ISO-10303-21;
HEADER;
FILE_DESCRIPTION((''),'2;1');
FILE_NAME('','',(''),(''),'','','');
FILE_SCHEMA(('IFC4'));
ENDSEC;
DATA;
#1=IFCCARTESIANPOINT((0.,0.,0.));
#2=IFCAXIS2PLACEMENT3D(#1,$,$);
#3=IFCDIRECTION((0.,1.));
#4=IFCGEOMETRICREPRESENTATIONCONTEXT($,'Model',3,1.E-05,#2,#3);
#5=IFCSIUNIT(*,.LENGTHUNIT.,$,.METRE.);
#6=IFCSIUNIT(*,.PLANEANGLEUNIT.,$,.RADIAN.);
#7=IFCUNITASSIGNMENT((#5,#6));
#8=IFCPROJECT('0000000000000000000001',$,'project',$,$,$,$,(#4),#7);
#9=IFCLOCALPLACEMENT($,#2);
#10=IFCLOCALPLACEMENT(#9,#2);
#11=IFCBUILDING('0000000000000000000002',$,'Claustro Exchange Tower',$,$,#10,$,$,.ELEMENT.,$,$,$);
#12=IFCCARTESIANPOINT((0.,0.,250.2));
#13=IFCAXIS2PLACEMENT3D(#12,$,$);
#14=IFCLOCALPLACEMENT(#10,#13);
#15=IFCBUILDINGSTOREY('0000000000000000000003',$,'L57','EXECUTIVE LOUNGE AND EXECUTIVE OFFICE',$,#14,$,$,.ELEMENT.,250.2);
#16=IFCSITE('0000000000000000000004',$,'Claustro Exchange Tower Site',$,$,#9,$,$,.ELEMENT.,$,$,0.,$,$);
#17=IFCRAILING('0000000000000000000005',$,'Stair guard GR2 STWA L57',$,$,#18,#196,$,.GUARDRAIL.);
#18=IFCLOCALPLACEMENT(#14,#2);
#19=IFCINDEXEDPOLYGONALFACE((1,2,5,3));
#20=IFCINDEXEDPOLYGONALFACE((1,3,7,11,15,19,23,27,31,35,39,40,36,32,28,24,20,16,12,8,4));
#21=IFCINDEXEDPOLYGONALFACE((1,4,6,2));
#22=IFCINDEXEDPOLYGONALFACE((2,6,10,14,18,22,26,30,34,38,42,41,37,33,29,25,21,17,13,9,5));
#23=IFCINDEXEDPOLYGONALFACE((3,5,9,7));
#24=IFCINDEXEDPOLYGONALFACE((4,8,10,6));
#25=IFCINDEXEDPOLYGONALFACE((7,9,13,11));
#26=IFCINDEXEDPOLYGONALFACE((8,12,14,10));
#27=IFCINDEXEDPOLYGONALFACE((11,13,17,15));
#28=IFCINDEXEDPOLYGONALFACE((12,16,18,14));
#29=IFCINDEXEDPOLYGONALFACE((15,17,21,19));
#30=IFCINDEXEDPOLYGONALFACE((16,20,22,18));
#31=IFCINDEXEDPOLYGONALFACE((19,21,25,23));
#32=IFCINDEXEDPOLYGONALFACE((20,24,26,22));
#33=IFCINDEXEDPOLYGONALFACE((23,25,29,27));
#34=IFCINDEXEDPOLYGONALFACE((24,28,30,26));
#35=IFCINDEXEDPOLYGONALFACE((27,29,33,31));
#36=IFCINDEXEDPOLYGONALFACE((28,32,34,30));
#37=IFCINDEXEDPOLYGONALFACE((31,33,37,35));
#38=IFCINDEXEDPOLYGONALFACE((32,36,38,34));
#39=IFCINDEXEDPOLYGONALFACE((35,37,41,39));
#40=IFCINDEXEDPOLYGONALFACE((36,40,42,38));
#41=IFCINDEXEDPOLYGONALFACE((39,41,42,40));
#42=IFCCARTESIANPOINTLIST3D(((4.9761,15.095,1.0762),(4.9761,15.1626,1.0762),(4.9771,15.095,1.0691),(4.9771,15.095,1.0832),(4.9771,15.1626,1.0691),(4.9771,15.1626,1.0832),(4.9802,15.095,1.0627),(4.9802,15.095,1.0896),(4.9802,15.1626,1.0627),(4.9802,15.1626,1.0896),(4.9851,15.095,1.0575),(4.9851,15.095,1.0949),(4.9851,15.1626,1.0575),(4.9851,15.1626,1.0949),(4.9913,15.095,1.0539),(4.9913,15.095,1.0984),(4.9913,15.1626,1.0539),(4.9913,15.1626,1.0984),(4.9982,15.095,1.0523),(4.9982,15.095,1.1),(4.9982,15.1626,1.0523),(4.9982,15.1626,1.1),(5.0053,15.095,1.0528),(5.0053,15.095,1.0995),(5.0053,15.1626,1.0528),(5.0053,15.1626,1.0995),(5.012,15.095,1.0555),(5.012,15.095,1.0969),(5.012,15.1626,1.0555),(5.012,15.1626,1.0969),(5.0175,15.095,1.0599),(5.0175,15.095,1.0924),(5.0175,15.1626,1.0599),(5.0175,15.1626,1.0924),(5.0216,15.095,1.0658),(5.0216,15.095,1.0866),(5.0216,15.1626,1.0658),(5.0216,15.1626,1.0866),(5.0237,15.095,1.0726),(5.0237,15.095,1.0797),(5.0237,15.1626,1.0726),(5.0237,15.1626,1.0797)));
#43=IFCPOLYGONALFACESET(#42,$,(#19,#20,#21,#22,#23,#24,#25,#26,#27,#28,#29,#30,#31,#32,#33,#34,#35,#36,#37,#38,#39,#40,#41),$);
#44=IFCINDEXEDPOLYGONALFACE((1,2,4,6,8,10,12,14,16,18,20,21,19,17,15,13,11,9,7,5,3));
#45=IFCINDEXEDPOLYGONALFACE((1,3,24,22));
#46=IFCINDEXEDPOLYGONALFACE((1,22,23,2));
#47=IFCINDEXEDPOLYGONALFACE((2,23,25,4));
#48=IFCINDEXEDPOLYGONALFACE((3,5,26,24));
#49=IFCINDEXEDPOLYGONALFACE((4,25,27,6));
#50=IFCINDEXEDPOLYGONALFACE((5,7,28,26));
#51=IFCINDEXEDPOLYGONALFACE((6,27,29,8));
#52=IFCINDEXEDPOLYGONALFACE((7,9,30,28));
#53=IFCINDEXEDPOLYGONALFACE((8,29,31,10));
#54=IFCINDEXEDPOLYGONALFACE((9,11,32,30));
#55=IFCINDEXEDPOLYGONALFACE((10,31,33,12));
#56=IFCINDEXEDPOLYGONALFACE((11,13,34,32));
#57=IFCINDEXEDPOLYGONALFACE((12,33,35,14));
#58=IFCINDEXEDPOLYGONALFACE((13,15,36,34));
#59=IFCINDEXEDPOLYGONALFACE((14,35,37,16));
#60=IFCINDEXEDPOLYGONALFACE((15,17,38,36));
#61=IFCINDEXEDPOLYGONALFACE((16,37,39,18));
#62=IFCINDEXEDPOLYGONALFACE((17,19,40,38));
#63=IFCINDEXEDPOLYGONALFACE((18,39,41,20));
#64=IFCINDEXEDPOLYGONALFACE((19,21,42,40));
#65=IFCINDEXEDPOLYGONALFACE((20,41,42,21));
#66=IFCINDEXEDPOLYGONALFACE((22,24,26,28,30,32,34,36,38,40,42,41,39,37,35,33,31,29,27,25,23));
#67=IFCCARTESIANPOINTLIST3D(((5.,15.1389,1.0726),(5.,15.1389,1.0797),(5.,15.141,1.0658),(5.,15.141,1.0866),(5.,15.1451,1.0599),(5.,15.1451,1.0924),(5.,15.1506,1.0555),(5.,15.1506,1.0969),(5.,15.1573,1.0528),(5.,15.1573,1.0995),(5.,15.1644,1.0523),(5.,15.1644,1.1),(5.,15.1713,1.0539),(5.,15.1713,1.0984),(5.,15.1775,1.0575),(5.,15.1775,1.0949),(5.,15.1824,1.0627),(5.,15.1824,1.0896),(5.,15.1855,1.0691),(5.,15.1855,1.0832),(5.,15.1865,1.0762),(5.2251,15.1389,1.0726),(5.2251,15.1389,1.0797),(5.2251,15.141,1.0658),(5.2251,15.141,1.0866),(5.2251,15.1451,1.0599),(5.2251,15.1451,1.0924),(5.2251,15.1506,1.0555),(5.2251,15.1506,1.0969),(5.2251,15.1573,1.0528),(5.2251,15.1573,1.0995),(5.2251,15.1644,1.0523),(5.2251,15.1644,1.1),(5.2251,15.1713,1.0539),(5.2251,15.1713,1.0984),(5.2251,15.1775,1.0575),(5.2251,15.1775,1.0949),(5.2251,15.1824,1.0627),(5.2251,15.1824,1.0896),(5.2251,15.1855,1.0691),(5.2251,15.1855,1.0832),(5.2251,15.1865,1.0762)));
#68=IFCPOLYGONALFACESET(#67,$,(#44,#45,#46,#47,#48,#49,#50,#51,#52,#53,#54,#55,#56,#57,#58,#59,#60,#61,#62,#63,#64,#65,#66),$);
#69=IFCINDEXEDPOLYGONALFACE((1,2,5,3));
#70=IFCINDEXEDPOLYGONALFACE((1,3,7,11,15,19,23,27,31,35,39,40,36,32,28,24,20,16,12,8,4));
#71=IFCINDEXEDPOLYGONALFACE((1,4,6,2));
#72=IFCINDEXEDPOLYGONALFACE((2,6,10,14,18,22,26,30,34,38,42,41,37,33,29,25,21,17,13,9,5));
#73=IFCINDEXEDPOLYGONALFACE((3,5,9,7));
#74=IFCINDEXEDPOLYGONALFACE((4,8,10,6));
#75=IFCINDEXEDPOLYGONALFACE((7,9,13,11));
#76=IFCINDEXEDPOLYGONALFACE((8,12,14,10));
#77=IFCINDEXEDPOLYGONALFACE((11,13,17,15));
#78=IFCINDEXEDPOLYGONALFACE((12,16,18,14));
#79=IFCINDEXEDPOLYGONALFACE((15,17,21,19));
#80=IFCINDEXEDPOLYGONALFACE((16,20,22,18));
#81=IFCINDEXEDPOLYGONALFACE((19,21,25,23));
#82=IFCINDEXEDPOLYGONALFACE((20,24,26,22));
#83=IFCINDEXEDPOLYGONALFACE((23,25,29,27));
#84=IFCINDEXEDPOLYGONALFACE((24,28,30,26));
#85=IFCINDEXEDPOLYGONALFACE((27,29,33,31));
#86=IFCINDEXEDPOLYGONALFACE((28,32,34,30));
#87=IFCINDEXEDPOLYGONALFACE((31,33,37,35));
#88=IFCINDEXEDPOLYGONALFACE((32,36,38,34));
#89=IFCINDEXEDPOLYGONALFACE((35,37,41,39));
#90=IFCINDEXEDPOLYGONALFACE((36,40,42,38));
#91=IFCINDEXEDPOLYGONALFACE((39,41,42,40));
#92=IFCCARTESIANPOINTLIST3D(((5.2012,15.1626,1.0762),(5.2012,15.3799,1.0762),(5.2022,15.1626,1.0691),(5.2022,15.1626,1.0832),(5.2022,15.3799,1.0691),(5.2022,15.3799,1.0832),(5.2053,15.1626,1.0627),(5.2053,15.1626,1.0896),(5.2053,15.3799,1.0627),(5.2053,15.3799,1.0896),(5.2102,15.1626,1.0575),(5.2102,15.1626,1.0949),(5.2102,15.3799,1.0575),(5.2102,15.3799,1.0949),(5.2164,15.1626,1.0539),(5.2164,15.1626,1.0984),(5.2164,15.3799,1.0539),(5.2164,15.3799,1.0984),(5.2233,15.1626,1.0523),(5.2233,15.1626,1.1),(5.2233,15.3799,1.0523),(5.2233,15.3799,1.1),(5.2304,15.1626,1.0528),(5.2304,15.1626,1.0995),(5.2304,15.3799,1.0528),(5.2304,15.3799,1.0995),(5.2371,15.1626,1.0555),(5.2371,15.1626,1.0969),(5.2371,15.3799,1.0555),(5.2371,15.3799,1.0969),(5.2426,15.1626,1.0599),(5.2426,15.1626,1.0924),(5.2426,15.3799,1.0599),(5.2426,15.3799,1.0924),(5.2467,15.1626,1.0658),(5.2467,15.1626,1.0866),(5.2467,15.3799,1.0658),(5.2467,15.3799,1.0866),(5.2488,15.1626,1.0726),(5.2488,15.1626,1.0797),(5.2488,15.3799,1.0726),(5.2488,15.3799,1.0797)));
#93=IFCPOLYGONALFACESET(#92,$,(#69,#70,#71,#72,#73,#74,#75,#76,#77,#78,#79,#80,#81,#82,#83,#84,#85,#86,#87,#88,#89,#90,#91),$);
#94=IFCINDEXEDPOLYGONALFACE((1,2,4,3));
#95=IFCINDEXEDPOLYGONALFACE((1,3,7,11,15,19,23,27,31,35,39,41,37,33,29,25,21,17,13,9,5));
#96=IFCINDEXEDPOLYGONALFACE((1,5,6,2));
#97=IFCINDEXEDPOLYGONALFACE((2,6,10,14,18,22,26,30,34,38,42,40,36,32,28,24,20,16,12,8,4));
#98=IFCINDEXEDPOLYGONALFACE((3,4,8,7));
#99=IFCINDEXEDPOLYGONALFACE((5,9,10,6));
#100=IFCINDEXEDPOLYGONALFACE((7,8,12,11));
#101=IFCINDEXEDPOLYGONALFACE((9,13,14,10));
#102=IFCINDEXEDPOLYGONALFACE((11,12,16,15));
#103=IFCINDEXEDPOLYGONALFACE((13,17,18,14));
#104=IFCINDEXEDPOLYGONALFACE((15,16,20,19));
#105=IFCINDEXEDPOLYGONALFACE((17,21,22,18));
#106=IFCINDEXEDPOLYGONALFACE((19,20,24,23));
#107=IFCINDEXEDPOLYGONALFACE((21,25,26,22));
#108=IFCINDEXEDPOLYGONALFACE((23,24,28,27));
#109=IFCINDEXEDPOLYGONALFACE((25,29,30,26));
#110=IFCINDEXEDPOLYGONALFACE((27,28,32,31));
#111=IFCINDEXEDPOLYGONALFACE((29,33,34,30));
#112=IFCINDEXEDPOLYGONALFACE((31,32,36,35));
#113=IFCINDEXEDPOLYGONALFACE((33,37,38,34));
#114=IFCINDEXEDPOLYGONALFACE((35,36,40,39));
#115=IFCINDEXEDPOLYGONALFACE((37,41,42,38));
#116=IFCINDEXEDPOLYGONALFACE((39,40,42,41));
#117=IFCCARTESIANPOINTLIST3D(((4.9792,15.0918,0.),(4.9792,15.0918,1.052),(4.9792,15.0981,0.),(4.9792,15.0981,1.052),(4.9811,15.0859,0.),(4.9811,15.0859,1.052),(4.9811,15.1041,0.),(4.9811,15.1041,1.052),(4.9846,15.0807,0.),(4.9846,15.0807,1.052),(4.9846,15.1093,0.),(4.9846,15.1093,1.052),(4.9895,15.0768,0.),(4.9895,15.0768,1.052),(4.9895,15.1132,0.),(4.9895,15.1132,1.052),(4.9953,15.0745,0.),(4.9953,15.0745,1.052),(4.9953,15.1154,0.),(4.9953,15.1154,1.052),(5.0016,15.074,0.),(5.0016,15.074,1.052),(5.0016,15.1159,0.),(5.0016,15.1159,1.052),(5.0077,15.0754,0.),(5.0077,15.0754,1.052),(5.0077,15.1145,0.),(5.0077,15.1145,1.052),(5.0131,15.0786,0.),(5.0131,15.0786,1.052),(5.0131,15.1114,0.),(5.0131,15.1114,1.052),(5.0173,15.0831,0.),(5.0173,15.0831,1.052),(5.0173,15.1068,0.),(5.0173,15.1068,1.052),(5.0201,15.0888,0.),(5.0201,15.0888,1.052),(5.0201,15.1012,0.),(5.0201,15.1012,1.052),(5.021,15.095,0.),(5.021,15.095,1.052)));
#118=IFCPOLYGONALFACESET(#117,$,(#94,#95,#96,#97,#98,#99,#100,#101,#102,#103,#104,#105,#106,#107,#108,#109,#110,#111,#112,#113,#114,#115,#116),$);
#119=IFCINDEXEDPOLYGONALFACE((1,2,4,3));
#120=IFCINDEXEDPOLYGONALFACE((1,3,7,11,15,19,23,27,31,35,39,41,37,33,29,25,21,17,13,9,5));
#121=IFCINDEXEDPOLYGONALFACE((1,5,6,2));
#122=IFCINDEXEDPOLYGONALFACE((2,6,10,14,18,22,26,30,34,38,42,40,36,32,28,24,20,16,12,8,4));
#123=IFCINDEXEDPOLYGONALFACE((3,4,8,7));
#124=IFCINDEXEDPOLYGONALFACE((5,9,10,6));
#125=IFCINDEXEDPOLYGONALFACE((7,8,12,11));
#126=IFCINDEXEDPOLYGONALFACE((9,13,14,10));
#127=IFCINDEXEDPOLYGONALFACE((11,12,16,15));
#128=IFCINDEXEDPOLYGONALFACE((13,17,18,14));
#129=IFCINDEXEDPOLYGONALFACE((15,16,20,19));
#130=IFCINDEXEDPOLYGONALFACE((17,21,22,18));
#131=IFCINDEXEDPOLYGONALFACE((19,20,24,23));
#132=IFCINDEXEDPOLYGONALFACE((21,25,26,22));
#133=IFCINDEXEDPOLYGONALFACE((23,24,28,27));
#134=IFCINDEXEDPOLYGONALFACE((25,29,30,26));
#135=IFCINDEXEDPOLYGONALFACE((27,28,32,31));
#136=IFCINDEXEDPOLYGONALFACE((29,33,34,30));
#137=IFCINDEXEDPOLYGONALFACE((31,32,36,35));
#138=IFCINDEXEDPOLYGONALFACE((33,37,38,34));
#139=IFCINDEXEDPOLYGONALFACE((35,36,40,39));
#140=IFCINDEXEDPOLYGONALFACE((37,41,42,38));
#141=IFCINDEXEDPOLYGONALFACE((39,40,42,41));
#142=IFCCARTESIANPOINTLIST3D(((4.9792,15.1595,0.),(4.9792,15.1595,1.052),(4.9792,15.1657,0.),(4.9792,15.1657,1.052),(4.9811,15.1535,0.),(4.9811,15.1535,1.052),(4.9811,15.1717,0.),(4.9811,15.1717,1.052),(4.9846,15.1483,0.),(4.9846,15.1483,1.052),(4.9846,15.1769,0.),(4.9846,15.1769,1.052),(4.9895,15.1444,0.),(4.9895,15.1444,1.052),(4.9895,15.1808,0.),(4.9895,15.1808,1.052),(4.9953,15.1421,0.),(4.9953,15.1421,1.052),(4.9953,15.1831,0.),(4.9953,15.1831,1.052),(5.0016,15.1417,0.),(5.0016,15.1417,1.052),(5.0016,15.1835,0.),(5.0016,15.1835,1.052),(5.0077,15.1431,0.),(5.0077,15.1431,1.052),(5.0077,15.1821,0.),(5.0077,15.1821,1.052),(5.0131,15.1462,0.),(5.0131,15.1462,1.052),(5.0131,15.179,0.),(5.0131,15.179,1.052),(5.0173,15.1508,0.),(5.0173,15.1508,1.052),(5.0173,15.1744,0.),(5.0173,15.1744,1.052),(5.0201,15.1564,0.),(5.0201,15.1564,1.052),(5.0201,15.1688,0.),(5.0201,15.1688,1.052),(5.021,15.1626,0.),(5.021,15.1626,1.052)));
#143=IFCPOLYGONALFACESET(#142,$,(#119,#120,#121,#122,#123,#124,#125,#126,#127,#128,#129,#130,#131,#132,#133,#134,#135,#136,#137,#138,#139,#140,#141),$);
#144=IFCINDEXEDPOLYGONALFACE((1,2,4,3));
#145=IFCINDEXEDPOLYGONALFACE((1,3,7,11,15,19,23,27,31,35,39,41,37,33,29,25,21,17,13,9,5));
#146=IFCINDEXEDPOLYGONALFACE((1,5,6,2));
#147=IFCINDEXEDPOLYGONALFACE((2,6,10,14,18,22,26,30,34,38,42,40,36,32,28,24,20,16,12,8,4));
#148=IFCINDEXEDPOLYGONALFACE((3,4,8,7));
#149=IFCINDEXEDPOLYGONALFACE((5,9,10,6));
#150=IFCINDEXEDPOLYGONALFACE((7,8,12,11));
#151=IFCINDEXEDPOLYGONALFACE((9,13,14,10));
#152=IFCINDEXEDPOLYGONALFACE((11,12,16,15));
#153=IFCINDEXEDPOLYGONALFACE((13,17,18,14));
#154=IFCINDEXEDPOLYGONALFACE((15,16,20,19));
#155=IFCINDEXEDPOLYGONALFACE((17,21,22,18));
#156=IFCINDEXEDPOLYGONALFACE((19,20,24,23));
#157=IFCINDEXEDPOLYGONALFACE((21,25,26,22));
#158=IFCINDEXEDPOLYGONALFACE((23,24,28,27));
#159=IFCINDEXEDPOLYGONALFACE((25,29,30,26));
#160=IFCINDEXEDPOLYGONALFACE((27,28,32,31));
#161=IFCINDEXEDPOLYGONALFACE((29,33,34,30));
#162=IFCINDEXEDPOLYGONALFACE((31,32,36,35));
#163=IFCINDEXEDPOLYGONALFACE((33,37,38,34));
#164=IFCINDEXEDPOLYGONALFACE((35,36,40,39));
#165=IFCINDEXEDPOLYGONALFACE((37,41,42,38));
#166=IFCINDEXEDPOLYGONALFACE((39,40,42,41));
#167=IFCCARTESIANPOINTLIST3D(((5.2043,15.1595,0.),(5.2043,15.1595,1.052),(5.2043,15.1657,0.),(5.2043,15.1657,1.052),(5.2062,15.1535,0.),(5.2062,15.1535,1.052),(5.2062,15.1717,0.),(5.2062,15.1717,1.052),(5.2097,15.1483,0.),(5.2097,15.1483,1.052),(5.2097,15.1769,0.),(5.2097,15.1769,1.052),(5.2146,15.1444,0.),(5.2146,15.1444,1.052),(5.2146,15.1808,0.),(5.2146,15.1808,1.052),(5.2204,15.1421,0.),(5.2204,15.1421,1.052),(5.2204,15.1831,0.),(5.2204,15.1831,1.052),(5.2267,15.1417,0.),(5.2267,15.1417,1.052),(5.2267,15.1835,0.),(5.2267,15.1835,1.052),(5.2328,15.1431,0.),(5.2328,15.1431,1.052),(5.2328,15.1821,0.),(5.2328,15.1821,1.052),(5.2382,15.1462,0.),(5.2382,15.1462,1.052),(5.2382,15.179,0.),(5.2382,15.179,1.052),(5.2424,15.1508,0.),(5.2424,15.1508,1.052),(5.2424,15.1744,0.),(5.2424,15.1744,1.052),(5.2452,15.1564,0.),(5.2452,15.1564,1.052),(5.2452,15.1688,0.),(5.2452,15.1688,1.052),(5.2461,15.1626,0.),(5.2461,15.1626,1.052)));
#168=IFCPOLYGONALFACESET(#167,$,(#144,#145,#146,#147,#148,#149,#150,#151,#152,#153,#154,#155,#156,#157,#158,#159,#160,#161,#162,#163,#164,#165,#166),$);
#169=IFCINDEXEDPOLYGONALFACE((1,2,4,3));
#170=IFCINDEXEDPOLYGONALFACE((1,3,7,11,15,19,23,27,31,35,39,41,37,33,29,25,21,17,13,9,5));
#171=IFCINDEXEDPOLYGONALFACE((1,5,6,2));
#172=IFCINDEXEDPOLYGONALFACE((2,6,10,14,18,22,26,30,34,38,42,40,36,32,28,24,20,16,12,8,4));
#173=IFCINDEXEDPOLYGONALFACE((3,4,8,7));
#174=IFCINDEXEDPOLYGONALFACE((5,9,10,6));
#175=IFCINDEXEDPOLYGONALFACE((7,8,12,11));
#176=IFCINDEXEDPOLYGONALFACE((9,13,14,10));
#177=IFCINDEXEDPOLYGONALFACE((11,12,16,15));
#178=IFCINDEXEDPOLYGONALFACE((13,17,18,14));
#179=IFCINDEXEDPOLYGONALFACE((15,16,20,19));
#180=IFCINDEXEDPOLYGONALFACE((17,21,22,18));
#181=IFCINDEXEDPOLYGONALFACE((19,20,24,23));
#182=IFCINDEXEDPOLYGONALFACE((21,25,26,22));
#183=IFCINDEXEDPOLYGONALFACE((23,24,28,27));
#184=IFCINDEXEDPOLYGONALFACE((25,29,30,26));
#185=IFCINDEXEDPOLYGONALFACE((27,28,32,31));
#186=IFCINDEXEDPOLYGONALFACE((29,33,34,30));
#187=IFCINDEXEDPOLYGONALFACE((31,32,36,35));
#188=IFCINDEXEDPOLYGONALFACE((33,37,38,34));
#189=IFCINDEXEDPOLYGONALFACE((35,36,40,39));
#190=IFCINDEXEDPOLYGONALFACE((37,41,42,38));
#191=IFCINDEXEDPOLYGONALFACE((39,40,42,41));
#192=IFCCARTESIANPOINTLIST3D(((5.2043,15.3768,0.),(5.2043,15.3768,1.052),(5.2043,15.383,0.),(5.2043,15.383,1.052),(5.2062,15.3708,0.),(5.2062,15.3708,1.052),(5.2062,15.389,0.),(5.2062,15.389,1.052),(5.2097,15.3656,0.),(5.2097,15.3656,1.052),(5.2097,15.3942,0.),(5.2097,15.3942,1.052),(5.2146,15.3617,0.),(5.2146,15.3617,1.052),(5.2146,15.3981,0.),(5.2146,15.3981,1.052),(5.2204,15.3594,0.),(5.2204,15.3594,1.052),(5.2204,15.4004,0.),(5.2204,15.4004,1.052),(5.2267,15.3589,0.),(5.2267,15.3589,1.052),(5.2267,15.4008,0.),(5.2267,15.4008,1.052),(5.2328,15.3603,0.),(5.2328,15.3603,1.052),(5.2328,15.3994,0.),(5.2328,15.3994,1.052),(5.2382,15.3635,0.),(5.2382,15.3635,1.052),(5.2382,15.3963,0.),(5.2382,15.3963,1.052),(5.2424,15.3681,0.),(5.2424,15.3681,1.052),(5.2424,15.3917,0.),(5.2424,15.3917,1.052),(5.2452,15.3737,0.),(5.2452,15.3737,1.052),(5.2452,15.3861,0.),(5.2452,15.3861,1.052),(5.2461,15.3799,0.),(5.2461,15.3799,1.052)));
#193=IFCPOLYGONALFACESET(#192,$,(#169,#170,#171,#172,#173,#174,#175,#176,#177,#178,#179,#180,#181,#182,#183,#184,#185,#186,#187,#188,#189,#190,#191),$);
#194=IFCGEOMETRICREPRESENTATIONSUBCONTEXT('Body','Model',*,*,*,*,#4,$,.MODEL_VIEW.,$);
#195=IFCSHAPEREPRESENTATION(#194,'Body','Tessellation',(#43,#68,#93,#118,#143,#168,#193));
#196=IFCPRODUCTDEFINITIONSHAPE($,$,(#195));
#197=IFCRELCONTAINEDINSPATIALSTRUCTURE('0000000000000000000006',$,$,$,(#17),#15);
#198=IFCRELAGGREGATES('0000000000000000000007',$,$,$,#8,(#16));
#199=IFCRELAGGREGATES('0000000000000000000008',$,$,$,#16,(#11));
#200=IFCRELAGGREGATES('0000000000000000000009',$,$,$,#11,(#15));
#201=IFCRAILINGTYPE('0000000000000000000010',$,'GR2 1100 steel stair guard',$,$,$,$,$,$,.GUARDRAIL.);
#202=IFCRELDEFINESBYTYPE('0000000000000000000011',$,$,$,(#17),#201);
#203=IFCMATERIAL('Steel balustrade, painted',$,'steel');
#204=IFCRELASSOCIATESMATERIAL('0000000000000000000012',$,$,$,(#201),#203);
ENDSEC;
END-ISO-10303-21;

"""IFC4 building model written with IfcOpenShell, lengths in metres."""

from ifc_helpers import new_model, si_unit, direction, frame, origin, origin_2d, place, context, subcontext, project, spatial, circle, extrude, material, type_object, element, save


model = new_model("IFC4")

# Units and contexts
model_context = context("Model", 3, precision=1e-05, world=origin(), true_north=direction((0.0, 1.0)))
body_context = subcontext(model_context, "Body", "Model", "MODEL_VIEW")
ifc_project = project(units=[si_unit("LENGTHUNIT", "METRE"), si_unit("PLANEANGLEUNIT", "RADIAN")], contexts=[model_context])

# Site, building, storey
site_placement = place(None, origin())
site = spatial("IfcSite", under=ifc_project, at=site_placement, Name="Claustro Exchange Tower Site", CompositionType="ELEMENT", RefElevation=0.0)
building_placement = place(site_placement, origin())
building = spatial("IfcBuilding", under=site, at=building_placement, Name="Claustro Exchange Tower", CompositionType="ELEMENT")
storey_placement = place(building_placement, frame((0.0, 0.0, 250.2)))
storey = spatial("IfcBuildingStorey", under=building, at=storey_placement, Name="L57", Description="EXECUTIVE LOUNGE AND EXECUTIVE OFFICE", CompositionType="ELEMENT", Elevation=250.2)

# Railing
ifc_material_1 = material(Name="Steel balustrade, painted", Category="steel")
railing_type_1 = type_object("IfcRailingType", Name="GR2 1100 steel stair guard", PredefinedType="GUARDRAIL", material=ifc_material_1)
railing_1_placement = place(storey_placement, frame((5.0, 15.095, 0.0)))
element("IfcRailing", 1, at=railing_1_placement, inside=storey, type_object=railing_type_1, Name="Stair guard GR2 STWA L57", PredefinedType="GUARDRAIL", context=body_context, shape_type="SweptSolid", body=[
    extrude(circle(Radius=0.0239, at=origin_2d()), frame((0.0, 0.0, 1.0762), z_axis=(0.0, 1.0, 0.0), x_axis=(-1.0, 0.0, 0.0)), (0.0, 0.0, 1.0), 0.0676),
    extrude(circle(Radius=0.0239, at=origin_2d()), frame((0.0, 0.0676, 1.0762), z_axis=(1.0, 0.0, 0.0), x_axis=(0.0, 1.0, 0.0)), (0.0, 0.0, 1.0), 0.2251),
    extrude(circle(Radius=0.0239, at=origin_2d()), frame((0.2251, 0.0676, 1.0762), z_axis=(0.0, 1.0, 0.0), x_axis=(-1.0, 0.0, 0.0)), (0.0, 0.0, 1.0), 0.2173),
    extrude(circle(Radius=0.021, at=origin_2d()), origin(), (0.0, 0.0, 1.0), 1.052),
    extrude(circle(Radius=0.021, at=origin_2d()), frame((0.0, 0.0676, 0.0)), (0.0, 0.0, 1.0), 1.052),
    extrude(circle(Radius=0.021, at=origin_2d()), frame((0.2251, 0.0676, 0.0)), (0.0, 0.0, 1.0), 1.052),
    extrude(circle(Radius=0.021, at=origin_2d()), frame((0.2251, 0.2849, 0.0)), (0.0, 0.0, 1.0), 1.052),
])

save(model, "model.ifc")
